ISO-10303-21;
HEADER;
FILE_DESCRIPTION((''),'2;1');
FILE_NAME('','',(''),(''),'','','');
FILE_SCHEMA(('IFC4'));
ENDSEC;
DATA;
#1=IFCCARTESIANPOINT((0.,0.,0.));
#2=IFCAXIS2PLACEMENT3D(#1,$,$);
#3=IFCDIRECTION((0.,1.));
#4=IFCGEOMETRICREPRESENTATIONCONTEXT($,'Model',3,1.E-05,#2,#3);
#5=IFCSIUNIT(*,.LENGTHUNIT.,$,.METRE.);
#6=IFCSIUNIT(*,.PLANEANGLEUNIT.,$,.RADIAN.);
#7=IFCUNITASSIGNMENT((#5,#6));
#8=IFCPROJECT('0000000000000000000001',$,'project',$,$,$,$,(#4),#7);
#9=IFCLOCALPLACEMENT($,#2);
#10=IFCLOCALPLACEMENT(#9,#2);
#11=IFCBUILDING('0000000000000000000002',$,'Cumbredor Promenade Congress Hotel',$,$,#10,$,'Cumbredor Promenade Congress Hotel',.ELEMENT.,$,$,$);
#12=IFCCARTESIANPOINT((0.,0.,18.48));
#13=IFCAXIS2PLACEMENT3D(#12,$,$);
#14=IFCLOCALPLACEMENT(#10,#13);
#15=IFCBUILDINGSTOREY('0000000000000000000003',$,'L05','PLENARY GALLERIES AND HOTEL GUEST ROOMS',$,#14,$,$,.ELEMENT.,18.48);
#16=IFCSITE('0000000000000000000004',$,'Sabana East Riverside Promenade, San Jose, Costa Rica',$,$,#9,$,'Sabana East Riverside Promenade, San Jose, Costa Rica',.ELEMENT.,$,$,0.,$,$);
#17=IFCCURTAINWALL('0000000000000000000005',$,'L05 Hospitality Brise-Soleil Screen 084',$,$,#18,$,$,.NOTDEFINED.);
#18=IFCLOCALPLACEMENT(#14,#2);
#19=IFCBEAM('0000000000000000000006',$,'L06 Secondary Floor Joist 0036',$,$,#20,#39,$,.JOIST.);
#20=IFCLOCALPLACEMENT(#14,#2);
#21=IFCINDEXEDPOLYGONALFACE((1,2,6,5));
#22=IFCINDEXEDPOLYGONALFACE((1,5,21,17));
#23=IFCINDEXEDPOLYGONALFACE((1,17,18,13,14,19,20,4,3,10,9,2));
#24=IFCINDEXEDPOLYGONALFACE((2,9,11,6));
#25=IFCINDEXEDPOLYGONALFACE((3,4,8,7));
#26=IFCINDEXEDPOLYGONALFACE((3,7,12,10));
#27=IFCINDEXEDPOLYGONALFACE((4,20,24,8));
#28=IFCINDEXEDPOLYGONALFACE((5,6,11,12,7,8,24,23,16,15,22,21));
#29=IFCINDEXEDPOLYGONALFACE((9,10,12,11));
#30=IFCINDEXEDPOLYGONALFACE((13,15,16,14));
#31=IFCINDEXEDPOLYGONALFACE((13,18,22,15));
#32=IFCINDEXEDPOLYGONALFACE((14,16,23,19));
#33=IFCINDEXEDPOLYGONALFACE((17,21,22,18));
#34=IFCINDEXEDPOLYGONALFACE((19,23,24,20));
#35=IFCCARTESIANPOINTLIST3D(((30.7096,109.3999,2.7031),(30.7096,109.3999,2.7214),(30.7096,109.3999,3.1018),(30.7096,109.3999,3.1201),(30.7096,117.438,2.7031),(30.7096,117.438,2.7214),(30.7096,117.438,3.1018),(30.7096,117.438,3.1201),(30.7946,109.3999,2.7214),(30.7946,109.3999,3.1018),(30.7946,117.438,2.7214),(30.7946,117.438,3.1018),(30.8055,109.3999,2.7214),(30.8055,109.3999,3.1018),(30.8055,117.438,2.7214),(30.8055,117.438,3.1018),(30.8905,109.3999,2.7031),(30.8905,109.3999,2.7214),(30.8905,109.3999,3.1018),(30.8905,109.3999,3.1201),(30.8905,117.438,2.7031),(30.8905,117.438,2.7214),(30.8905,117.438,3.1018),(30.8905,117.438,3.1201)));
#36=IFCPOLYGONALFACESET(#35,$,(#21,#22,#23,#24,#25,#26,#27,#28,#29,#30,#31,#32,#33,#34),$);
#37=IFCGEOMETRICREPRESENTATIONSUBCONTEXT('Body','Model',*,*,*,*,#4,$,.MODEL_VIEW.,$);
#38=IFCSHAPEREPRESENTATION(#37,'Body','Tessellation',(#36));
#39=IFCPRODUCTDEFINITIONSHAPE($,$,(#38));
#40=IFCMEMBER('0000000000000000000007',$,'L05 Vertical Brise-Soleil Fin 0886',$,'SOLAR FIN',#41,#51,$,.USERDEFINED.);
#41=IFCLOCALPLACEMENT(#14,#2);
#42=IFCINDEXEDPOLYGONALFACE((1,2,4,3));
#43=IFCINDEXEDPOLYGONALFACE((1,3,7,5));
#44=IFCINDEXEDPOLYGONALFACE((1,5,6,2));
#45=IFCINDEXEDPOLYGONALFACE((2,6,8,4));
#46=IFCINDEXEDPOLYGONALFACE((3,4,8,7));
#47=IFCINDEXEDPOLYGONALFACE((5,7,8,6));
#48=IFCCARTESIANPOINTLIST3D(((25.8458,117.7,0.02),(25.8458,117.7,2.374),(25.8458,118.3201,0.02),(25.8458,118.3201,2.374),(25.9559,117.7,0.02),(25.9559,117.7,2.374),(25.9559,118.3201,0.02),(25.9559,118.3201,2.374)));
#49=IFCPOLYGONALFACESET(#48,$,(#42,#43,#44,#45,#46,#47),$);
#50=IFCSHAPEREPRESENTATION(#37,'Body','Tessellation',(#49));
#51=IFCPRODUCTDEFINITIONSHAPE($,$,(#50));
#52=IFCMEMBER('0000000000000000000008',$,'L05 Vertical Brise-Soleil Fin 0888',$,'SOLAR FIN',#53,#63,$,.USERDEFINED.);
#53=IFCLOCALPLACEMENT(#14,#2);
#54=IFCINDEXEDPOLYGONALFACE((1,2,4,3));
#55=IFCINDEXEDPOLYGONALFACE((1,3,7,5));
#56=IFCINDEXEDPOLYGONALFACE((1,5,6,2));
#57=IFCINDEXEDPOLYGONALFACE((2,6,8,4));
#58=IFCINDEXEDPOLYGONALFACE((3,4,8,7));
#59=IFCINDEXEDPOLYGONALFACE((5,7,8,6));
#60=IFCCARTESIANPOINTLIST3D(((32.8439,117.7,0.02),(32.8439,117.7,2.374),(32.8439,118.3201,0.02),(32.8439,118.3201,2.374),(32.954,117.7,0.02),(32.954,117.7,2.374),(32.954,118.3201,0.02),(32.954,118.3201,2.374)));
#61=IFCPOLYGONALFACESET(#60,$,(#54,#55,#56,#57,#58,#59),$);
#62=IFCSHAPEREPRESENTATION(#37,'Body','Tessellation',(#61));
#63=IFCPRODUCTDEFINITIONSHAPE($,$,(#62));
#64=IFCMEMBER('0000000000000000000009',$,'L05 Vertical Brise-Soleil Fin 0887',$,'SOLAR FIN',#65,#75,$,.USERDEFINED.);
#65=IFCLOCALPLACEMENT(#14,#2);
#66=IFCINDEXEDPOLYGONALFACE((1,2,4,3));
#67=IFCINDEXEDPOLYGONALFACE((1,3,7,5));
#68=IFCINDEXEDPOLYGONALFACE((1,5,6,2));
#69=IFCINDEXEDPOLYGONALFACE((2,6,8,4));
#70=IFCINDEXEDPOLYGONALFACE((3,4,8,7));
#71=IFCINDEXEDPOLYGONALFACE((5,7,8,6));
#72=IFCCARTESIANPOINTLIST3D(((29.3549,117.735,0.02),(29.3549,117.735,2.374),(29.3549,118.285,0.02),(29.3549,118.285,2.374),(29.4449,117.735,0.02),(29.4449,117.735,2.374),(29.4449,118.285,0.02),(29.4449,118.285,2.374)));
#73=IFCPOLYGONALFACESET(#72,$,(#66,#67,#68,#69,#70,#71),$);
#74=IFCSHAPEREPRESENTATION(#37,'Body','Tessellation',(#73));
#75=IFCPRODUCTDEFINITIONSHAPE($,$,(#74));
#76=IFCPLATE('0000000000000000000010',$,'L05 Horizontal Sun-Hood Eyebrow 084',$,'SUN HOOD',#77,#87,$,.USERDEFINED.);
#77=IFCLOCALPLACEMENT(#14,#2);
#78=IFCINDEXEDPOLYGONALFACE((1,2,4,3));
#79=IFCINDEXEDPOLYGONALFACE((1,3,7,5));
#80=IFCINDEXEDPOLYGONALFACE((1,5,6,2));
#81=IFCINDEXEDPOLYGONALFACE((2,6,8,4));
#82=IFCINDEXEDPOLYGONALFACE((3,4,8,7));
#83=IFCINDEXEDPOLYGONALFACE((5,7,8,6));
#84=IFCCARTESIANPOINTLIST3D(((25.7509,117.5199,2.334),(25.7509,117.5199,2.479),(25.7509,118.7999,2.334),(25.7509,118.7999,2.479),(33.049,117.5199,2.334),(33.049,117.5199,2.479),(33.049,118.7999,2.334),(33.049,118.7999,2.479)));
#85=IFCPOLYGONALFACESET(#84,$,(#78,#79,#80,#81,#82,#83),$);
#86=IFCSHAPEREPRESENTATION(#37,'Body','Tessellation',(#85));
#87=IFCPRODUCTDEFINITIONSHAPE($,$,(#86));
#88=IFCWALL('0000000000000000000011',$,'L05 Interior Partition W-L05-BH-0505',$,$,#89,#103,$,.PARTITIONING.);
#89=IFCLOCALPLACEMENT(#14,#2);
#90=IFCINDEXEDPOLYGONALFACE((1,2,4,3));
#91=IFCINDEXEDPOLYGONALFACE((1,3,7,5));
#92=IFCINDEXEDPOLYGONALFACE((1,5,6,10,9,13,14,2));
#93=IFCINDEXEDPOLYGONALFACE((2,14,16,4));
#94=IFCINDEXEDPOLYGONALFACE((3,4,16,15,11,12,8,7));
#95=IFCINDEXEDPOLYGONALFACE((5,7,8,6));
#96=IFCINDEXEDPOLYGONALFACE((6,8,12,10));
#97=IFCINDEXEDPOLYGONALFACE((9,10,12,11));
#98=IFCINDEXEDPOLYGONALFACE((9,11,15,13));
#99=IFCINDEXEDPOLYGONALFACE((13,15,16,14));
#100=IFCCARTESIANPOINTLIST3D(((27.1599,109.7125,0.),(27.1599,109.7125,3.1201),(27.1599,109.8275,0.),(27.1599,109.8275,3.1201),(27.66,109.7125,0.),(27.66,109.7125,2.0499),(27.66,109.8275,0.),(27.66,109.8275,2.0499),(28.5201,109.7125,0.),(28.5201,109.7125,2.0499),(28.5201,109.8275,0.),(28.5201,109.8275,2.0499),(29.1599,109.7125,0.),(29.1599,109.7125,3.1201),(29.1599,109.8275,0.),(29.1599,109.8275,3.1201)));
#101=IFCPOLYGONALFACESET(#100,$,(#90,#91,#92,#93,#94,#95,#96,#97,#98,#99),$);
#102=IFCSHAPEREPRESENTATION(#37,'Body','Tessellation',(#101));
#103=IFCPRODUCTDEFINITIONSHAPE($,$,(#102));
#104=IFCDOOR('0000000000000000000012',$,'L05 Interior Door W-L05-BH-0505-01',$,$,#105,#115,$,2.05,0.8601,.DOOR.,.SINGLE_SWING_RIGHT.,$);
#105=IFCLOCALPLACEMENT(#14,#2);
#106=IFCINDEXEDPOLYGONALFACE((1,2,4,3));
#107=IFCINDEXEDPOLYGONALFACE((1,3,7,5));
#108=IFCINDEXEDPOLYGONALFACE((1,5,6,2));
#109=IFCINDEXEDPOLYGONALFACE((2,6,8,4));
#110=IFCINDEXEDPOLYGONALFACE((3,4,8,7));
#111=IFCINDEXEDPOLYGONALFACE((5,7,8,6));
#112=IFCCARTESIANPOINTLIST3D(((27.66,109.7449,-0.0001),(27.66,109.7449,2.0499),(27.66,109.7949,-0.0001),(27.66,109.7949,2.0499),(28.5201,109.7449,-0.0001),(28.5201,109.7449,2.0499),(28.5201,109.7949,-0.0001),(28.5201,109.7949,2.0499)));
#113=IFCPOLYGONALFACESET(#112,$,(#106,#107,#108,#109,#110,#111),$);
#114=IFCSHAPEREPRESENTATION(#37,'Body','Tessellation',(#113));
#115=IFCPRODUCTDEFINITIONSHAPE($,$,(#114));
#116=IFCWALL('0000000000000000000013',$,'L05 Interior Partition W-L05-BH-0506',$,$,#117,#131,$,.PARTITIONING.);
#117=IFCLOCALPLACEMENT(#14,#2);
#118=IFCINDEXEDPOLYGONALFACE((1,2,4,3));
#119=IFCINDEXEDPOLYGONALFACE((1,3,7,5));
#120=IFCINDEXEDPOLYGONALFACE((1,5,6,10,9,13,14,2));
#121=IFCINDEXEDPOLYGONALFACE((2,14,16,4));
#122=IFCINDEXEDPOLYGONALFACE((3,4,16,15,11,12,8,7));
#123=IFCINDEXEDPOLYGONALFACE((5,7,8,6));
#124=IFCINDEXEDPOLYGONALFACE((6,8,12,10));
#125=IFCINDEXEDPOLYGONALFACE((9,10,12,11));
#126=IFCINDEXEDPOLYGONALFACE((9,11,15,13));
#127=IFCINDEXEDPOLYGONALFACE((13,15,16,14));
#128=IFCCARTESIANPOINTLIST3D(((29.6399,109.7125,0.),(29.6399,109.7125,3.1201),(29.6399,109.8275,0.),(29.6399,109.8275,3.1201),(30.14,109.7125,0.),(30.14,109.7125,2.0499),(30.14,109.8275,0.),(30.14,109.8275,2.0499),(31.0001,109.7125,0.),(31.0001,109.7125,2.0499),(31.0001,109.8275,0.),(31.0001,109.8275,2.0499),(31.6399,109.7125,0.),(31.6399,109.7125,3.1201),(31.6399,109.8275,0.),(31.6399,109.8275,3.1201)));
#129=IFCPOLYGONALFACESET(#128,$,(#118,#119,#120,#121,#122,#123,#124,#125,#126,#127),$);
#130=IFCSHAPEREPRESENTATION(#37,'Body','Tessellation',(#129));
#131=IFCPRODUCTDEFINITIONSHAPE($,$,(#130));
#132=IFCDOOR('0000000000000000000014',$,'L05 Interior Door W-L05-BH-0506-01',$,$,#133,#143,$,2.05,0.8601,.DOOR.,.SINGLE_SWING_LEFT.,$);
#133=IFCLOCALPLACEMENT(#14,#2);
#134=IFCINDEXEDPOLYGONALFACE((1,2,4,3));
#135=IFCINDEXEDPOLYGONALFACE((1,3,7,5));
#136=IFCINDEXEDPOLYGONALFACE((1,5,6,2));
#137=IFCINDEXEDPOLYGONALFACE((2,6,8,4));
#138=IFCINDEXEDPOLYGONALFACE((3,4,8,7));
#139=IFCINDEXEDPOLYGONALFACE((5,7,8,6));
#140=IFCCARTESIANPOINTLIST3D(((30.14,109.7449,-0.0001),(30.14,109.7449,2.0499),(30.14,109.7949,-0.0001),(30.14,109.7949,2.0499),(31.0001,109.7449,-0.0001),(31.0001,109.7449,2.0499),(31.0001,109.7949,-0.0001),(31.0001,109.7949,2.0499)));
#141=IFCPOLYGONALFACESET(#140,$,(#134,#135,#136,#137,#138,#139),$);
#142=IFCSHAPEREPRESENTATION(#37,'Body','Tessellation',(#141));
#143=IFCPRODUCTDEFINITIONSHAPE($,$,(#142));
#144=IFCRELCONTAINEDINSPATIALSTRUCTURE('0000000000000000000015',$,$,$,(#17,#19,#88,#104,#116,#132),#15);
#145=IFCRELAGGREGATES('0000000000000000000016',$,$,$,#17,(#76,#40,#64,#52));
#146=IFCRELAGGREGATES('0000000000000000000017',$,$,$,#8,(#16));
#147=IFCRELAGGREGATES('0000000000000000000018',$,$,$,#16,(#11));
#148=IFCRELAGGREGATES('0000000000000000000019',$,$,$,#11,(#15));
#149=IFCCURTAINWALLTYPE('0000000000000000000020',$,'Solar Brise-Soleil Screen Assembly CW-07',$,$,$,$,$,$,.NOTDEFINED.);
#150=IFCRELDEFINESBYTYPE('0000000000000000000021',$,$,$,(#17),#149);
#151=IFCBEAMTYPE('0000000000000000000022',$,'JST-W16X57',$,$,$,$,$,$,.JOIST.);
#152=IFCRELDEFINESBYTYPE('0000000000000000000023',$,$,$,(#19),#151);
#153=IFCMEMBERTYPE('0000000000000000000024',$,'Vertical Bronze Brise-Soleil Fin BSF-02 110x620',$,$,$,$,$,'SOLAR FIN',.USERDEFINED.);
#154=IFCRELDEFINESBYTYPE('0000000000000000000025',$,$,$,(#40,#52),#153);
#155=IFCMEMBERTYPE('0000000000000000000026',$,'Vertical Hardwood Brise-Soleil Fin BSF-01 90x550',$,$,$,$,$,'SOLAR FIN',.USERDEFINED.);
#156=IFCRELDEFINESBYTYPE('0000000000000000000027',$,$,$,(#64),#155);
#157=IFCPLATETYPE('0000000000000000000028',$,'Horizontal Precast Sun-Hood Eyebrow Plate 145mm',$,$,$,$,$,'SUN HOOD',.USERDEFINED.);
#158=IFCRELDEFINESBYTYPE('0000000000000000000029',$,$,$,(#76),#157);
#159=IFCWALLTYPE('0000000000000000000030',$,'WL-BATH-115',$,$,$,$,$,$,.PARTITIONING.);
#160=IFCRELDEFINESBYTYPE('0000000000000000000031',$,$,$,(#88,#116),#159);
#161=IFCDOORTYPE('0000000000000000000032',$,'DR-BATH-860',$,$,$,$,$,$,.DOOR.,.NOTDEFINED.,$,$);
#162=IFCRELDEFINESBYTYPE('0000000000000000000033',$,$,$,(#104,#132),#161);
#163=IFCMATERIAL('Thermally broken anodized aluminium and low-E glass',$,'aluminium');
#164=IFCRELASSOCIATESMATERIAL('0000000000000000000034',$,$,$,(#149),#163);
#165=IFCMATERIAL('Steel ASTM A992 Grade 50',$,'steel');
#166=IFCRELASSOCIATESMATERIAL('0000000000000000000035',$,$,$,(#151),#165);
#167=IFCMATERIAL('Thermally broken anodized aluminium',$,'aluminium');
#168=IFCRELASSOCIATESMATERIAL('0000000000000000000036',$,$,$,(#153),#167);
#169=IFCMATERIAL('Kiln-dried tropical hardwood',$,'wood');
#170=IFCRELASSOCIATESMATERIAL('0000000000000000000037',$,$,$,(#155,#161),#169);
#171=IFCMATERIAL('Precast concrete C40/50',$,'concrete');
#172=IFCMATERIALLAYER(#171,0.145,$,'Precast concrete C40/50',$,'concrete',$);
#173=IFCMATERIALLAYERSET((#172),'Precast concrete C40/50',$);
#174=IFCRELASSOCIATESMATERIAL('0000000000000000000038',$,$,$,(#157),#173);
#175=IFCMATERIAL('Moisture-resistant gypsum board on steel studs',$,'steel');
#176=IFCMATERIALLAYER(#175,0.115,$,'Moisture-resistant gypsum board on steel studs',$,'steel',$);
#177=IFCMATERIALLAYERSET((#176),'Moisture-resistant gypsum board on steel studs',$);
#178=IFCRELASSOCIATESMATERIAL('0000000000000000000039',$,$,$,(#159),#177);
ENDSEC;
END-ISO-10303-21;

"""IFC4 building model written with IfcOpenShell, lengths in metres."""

from ifc_helpers import new_model, si_unit, direction, frame, frame_2d, origin, origin_2d, place, context, subcontext, project, spatial, rectangle, i_section, extrude, material, layer, layer_set, material_profile, profile_set, type_object, element, fill, aggregate, save


model = new_model("IFC4")

# Units and contexts
model_context = context("Model", 3, precision=1e-05, world=origin(), true_north=direction((0.0, 1.0)))
body_context = subcontext(model_context, "Body", "Model", "MODEL_VIEW")
ifc_project = project(units=[si_unit("LENGTHUNIT", "METRE"), si_unit("PLANEANGLEUNIT", "RADIAN")], contexts=[model_context])

# Site, building, storey
site_placement = place(None, origin())
site = spatial("IfcSite", under=ifc_project, at=site_placement, Name="Sabana East Riverside Promenade, San Jose, Costa Rica", LongName="Sabana East Riverside Promenade, San Jose, Costa Rica", CompositionType="ELEMENT", RefElevation=0.0)
building_placement = place(site_placement, origin())
building = spatial("IfcBuilding", under=site, at=building_placement, Name="Cumbredor Promenade Congress Hotel", LongName="Cumbredor Promenade Congress Hotel", CompositionType="ELEMENT")
storey_placement = place(building_placement, frame((0.0, 0.0, 18.48)))
storey = spatial("IfcBuildingStorey", under=building, at=storey_placement, Name="L05", Description="PLENARY GALLERIES AND HOTEL GUEST ROOMS", CompositionType="ELEMENT", Elevation=18.48)

# Shared definitions
ifc_material_1 = material(Name="Steel ASTM A992 Grade 50", Category="steel")

# Curtain wall
ifc_material_2 = material(Name="Thermally broken anodized aluminium and low-E glass", Category="aluminium")
ifc_material_3 = material(Name="Thermally broken anodized aluminium", Category="aluminium")
curtain_wall_type_1 = type_object("IfcCurtainWallType", Name="Solar Brise-Soleil Screen Assembly CW-07", PredefinedType="NOTDEFINED", material=ifc_material_2)
curtain_wall_1_placement = place(storey_placement, origin())
curtain_wall_1 = element("IfcCurtainWall", 1, at=curtain_wall_1_placement, inside=storey, type_object=curtain_wall_type_1, Name="L05 Hospitality Brise-Soleil Screen 084", PredefinedType="NOTDEFINED")

# Beam
ifc_material_profile_1 = material_profile(ifc_material_1, i_section(OverallWidth=0.1809, OverallDepth=0.417, WebThickness=0.011, FlangeThickness=0.0183, at=origin_2d()), Name="W16X57")
ifc_profile_set_1 = profile_set([ifc_material_profile_1], Name="Steel ASTM A992 Grade 50")
beam_type_1 = type_object("IfcBeamType", Name="JST-W16X57", PredefinedType="JOIST", material=ifc_profile_set_1)
for number, where, z_axis, x_axis, name in (
    (2, (30.8, 109.3999, 2.9116), (0.0, 1.0, 0.0), (-1.0, 0.0, 0.0), "L06 Secondary Floor Joist 0036"),
):
    element("IfcBeam", number, at=place(storey_placement, frame(where, z_axis=z_axis, x_axis=x_axis)), inside=storey, type_object=beam_type_1, Name=name, PredefinedType="JOIST", context=body_context, shape_type="SweptSolid", body=[
        extrude(i_section(OverallWidth=0.1809, OverallDepth=0.417, WebThickness=0.011, FlangeThickness=0.0183, at=origin_2d()), origin(), (0.0, 0.0, 1.0), 8.0381),
    ])

# Members
ifc_material_profile_2 = material_profile(ifc_material_3, rectangle(XDim=0.1101, YDim=0.6201, at=origin_2d()), Name="ARCH FIN 110x620")
ifc_profile_set_2 = profile_set([ifc_material_profile_2], Name="Thermally broken anodized aluminium")
member_type_1 = type_object("IfcMemberType", Name="Vertical Bronze Brise-Soleil Fin BSF-02 110x620", ElementType="SOLAR FIN", PredefinedType="USERDEFINED", material=ifc_profile_set_2)
member_1_placement = place(storey_placement, frame((25.9009, 118.01, 0.02), z_axis=(0.0, 0.0, 1.0), x_axis=(1.0, 0.0, 0.0)))
member_1 = element("IfcMember", 3, at=member_1_placement, type_object=member_type_1, Name="L05 Vertical Brise-Soleil Fin 0886", ObjectType="SOLAR FIN", PredefinedType="USERDEFINED", context=body_context, shape_type="SweptSolid", body=[
    extrude(rectangle(XDim=0.1101, YDim=0.6201, at=origin_2d()), origin(), (0.0, 0.0, 1.0), 2.354),
])
member_2_placement = place(storey_placement, frame((32.8989, 118.01, 0.02), z_axis=(0.0, 0.0, 1.0), x_axis=(1.0, 0.0, 0.0)))
member_2 = element("IfcMember", 4, at=member_2_placement, type_object=member_type_1, Name="L05 Vertical Brise-Soleil Fin 0888", ObjectType="SOLAR FIN", PredefinedType="USERDEFINED", context=body_context, shape_type="SweptSolid", body=[
    extrude(rectangle(XDim=0.1101, YDim=0.6201, at=origin_2d()), origin(), (0.0, 0.0, 1.0), 2.354),
])
ifc_material_4 = material(Name="Kiln-dried tropical hardwood", Category="wood")
ifc_material_profile_3 = material_profile(ifc_material_4, rectangle(XDim=0.0901, YDim=0.55, at=origin_2d()), Name="ARCH FIN 90x550")
ifc_profile_set_3 = profile_set([ifc_material_profile_3], Name="Kiln-dried tropical hardwood")
member_type_2 = type_object("IfcMemberType", Name="Vertical Hardwood Brise-Soleil Fin BSF-01 90x550", ElementType="SOLAR FIN", PredefinedType="USERDEFINED", material=ifc_profile_set_3)
member_3_placement = place(storey_placement, frame((29.3999, 118.01, 0.02), z_axis=(0.0, 0.0, 1.0), x_axis=(1.0, 0.0, 0.0)))
member_3 = element("IfcMember", 5, at=member_3_placement, type_object=member_type_2, Name="L05 Vertical Brise-Soleil Fin 0887", ObjectType="SOLAR FIN", PredefinedType="USERDEFINED", context=body_context, shape_type="SweptSolid", body=[
    extrude(rectangle(XDim=0.0901, YDim=0.55, at=origin_2d()), origin(), (0.0, 0.0, 1.0), 2.354),
])

# Plate
ifc_material_5 = material(Name="Precast concrete C40/50", Category="concrete")
ifc_layer_1 = layer(ifc_material_5, 0.145, Name="Precast concrete C40/50", Category="concrete")
ifc_layer_set_1 = layer_set([ifc_layer_1], Name="Precast concrete C40/50")
plate_type = type_object("IfcPlateType", Name="Horizontal Precast Sun-Hood Eyebrow Plate 145mm", ElementType="SUN HOOD", PredefinedType="USERDEFINED", material=ifc_layer_set_1)
plate_placement = place(storey_placement, frame((29.3999, 118.1599, 2.334), z_axis=(0.0, 0.0, 1.0), x_axis=(1.0, 0.0, 0.0)))
plate = element("IfcPlate", 6, at=plate_placement, type_object=plate_type, Name="L05 Horizontal Sun-Hood Eyebrow 084", ObjectType="SUN HOOD", PredefinedType="USERDEFINED", context=body_context, shape_type="SweptSolid", body=[
    extrude(rectangle(XDim=7.2981, YDim=1.28, at=origin_2d()), origin(), (0.0, 0.0, 1.0), 0.145),
])
aggregate(curtain_wall_1, [plate, member_1, member_3, member_2])

# Walls, openings, doors
ifc_material_6 = material(Name="Moisture-resistant gypsum board on steel studs", Category="steel")
ifc_layer_2 = layer(ifc_material_6, 0.115, Name="Moisture-resistant gypsum board on steel studs", Category="steel")
ifc_layer_set_2 = layer_set([ifc_layer_2], Name="Moisture-resistant gypsum board on steel studs")
wall_type_1 = type_object("IfcWallType", Name="WL-BATH-115", PredefinedType="PARTITIONING", material=ifc_layer_set_2)
wall_1_placement = place(storey_placement, frame((27.1599, 109.77, 0.0), z_axis=(0.0, 0.0, 1.0), x_axis=(1.0, 0.0, 0.0)))
wall_1 = element("IfcWall", 7, at=wall_1_placement, inside=storey, type_object=wall_type_1, Name="L05 Interior Partition W-L05-BH-0505", PredefinedType="PARTITIONING", context=body_context, shape_type="SweptSolid", body=[
    extrude(rectangle(XDim=2.0, YDim=0.115, at=frame_2d((1.0, 0.0))), origin(), (0.0, 0.0, 1.0), 3.1201),
])
opening_1_placement = place(wall_1_placement, frame((0.5, 0.0, 0.0)))
opening_1 = element("IfcOpeningElement", 8, at=opening_1_placement, cuts=wall_1, PredefinedType="OPENING", context=body_context, shape_type="SweptSolid", body=[
    extrude(rectangle(XDim=0.8601, YDim=2.05, at=frame_2d((0.4302, 1.0249))), frame((0.0, 0.0674, 0.0), z_axis=(0.0, -1.0, 0.0), x_axis=(1.0, 0.0, 0.0)), (0.0, 0.0, 1.0), 0.135),
])
door_type = type_object("IfcDoorType", Name="DR-BATH-860", OperationType="NOTDEFINED", PredefinedType="DOOR", material=ifc_material_4)
door_1_placement = place(opening_1_placement, origin())
door_1 = element("IfcDoor", 9, at=door_1_placement, inside=storey, type_object=door_type, Name="L05 Interior Door W-L05-BH-0505-01", OperationType="SINGLE_SWING_RIGHT", OverallHeight=2.05, OverallWidth=0.8601, PredefinedType="DOOR", context=body_context, shape_type="SweptSolid", body=[
    extrude(rectangle(XDim=0.8601, YDim=2.05, at=frame_2d((0.4302, 1.0249))), frame((0.0, 0.0249, 0.0), z_axis=(0.0, -1.0, 0.0), x_axis=(1.0, 0.0, 0.0)), (0.0, 0.0, 1.0), 0.05),
])
fill(opening_1, door_1)
wall_2_placement = place(storey_placement, frame((29.6399, 109.77, 0.0), z_axis=(0.0, 0.0, 1.0), x_axis=(1.0, 0.0, 0.0)))
wall_2 = element("IfcWall", 10, at=wall_2_placement, inside=storey, type_object=wall_type_1, Name="L05 Interior Partition W-L05-BH-0506", PredefinedType="PARTITIONING", context=body_context, shape_type="SweptSolid", body=[
    extrude(rectangle(XDim=2.0, YDim=0.115, at=frame_2d((1.0, 0.0))), origin(), (0.0, 0.0, 1.0), 3.1201),
])
opening_2_placement = place(wall_2_placement, frame((0.5, 0.0, 0.0)))
opening_2 = element("IfcOpeningElement", 11, at=opening_2_placement, cuts=wall_2, PredefinedType="OPENING", context=body_context, shape_type="SweptSolid", body=[
    extrude(rectangle(XDim=0.8601, YDim=2.05, at=frame_2d((0.4302, 1.0249))), frame((0.0, 0.0674, 0.0), z_axis=(0.0, -1.0, 0.0), x_axis=(1.0, 0.0, 0.0)), (0.0, 0.0, 1.0), 0.135),
])
door_2_placement = place(opening_2_placement, origin())
door_2 = element("IfcDoor", 12, at=door_2_placement, inside=storey, type_object=door_type, Name="L05 Interior Door W-L05-BH-0506-01", OperationType="SINGLE_SWING_LEFT", OverallHeight=2.05, OverallWidth=0.8601, PredefinedType="DOOR", context=body_context, shape_type="SweptSolid", body=[
    extrude(rectangle(XDim=0.8601, YDim=2.05, at=frame_2d((0.4302, 1.0249))), frame((0.0, 0.0249, 0.0), z_axis=(0.0, -1.0, 0.0), x_axis=(1.0, 0.0, 0.0)), (0.0, 0.0, 1.0), 0.05),
])
fill(opening_2, door_2)

save(model, "model.ifc")
